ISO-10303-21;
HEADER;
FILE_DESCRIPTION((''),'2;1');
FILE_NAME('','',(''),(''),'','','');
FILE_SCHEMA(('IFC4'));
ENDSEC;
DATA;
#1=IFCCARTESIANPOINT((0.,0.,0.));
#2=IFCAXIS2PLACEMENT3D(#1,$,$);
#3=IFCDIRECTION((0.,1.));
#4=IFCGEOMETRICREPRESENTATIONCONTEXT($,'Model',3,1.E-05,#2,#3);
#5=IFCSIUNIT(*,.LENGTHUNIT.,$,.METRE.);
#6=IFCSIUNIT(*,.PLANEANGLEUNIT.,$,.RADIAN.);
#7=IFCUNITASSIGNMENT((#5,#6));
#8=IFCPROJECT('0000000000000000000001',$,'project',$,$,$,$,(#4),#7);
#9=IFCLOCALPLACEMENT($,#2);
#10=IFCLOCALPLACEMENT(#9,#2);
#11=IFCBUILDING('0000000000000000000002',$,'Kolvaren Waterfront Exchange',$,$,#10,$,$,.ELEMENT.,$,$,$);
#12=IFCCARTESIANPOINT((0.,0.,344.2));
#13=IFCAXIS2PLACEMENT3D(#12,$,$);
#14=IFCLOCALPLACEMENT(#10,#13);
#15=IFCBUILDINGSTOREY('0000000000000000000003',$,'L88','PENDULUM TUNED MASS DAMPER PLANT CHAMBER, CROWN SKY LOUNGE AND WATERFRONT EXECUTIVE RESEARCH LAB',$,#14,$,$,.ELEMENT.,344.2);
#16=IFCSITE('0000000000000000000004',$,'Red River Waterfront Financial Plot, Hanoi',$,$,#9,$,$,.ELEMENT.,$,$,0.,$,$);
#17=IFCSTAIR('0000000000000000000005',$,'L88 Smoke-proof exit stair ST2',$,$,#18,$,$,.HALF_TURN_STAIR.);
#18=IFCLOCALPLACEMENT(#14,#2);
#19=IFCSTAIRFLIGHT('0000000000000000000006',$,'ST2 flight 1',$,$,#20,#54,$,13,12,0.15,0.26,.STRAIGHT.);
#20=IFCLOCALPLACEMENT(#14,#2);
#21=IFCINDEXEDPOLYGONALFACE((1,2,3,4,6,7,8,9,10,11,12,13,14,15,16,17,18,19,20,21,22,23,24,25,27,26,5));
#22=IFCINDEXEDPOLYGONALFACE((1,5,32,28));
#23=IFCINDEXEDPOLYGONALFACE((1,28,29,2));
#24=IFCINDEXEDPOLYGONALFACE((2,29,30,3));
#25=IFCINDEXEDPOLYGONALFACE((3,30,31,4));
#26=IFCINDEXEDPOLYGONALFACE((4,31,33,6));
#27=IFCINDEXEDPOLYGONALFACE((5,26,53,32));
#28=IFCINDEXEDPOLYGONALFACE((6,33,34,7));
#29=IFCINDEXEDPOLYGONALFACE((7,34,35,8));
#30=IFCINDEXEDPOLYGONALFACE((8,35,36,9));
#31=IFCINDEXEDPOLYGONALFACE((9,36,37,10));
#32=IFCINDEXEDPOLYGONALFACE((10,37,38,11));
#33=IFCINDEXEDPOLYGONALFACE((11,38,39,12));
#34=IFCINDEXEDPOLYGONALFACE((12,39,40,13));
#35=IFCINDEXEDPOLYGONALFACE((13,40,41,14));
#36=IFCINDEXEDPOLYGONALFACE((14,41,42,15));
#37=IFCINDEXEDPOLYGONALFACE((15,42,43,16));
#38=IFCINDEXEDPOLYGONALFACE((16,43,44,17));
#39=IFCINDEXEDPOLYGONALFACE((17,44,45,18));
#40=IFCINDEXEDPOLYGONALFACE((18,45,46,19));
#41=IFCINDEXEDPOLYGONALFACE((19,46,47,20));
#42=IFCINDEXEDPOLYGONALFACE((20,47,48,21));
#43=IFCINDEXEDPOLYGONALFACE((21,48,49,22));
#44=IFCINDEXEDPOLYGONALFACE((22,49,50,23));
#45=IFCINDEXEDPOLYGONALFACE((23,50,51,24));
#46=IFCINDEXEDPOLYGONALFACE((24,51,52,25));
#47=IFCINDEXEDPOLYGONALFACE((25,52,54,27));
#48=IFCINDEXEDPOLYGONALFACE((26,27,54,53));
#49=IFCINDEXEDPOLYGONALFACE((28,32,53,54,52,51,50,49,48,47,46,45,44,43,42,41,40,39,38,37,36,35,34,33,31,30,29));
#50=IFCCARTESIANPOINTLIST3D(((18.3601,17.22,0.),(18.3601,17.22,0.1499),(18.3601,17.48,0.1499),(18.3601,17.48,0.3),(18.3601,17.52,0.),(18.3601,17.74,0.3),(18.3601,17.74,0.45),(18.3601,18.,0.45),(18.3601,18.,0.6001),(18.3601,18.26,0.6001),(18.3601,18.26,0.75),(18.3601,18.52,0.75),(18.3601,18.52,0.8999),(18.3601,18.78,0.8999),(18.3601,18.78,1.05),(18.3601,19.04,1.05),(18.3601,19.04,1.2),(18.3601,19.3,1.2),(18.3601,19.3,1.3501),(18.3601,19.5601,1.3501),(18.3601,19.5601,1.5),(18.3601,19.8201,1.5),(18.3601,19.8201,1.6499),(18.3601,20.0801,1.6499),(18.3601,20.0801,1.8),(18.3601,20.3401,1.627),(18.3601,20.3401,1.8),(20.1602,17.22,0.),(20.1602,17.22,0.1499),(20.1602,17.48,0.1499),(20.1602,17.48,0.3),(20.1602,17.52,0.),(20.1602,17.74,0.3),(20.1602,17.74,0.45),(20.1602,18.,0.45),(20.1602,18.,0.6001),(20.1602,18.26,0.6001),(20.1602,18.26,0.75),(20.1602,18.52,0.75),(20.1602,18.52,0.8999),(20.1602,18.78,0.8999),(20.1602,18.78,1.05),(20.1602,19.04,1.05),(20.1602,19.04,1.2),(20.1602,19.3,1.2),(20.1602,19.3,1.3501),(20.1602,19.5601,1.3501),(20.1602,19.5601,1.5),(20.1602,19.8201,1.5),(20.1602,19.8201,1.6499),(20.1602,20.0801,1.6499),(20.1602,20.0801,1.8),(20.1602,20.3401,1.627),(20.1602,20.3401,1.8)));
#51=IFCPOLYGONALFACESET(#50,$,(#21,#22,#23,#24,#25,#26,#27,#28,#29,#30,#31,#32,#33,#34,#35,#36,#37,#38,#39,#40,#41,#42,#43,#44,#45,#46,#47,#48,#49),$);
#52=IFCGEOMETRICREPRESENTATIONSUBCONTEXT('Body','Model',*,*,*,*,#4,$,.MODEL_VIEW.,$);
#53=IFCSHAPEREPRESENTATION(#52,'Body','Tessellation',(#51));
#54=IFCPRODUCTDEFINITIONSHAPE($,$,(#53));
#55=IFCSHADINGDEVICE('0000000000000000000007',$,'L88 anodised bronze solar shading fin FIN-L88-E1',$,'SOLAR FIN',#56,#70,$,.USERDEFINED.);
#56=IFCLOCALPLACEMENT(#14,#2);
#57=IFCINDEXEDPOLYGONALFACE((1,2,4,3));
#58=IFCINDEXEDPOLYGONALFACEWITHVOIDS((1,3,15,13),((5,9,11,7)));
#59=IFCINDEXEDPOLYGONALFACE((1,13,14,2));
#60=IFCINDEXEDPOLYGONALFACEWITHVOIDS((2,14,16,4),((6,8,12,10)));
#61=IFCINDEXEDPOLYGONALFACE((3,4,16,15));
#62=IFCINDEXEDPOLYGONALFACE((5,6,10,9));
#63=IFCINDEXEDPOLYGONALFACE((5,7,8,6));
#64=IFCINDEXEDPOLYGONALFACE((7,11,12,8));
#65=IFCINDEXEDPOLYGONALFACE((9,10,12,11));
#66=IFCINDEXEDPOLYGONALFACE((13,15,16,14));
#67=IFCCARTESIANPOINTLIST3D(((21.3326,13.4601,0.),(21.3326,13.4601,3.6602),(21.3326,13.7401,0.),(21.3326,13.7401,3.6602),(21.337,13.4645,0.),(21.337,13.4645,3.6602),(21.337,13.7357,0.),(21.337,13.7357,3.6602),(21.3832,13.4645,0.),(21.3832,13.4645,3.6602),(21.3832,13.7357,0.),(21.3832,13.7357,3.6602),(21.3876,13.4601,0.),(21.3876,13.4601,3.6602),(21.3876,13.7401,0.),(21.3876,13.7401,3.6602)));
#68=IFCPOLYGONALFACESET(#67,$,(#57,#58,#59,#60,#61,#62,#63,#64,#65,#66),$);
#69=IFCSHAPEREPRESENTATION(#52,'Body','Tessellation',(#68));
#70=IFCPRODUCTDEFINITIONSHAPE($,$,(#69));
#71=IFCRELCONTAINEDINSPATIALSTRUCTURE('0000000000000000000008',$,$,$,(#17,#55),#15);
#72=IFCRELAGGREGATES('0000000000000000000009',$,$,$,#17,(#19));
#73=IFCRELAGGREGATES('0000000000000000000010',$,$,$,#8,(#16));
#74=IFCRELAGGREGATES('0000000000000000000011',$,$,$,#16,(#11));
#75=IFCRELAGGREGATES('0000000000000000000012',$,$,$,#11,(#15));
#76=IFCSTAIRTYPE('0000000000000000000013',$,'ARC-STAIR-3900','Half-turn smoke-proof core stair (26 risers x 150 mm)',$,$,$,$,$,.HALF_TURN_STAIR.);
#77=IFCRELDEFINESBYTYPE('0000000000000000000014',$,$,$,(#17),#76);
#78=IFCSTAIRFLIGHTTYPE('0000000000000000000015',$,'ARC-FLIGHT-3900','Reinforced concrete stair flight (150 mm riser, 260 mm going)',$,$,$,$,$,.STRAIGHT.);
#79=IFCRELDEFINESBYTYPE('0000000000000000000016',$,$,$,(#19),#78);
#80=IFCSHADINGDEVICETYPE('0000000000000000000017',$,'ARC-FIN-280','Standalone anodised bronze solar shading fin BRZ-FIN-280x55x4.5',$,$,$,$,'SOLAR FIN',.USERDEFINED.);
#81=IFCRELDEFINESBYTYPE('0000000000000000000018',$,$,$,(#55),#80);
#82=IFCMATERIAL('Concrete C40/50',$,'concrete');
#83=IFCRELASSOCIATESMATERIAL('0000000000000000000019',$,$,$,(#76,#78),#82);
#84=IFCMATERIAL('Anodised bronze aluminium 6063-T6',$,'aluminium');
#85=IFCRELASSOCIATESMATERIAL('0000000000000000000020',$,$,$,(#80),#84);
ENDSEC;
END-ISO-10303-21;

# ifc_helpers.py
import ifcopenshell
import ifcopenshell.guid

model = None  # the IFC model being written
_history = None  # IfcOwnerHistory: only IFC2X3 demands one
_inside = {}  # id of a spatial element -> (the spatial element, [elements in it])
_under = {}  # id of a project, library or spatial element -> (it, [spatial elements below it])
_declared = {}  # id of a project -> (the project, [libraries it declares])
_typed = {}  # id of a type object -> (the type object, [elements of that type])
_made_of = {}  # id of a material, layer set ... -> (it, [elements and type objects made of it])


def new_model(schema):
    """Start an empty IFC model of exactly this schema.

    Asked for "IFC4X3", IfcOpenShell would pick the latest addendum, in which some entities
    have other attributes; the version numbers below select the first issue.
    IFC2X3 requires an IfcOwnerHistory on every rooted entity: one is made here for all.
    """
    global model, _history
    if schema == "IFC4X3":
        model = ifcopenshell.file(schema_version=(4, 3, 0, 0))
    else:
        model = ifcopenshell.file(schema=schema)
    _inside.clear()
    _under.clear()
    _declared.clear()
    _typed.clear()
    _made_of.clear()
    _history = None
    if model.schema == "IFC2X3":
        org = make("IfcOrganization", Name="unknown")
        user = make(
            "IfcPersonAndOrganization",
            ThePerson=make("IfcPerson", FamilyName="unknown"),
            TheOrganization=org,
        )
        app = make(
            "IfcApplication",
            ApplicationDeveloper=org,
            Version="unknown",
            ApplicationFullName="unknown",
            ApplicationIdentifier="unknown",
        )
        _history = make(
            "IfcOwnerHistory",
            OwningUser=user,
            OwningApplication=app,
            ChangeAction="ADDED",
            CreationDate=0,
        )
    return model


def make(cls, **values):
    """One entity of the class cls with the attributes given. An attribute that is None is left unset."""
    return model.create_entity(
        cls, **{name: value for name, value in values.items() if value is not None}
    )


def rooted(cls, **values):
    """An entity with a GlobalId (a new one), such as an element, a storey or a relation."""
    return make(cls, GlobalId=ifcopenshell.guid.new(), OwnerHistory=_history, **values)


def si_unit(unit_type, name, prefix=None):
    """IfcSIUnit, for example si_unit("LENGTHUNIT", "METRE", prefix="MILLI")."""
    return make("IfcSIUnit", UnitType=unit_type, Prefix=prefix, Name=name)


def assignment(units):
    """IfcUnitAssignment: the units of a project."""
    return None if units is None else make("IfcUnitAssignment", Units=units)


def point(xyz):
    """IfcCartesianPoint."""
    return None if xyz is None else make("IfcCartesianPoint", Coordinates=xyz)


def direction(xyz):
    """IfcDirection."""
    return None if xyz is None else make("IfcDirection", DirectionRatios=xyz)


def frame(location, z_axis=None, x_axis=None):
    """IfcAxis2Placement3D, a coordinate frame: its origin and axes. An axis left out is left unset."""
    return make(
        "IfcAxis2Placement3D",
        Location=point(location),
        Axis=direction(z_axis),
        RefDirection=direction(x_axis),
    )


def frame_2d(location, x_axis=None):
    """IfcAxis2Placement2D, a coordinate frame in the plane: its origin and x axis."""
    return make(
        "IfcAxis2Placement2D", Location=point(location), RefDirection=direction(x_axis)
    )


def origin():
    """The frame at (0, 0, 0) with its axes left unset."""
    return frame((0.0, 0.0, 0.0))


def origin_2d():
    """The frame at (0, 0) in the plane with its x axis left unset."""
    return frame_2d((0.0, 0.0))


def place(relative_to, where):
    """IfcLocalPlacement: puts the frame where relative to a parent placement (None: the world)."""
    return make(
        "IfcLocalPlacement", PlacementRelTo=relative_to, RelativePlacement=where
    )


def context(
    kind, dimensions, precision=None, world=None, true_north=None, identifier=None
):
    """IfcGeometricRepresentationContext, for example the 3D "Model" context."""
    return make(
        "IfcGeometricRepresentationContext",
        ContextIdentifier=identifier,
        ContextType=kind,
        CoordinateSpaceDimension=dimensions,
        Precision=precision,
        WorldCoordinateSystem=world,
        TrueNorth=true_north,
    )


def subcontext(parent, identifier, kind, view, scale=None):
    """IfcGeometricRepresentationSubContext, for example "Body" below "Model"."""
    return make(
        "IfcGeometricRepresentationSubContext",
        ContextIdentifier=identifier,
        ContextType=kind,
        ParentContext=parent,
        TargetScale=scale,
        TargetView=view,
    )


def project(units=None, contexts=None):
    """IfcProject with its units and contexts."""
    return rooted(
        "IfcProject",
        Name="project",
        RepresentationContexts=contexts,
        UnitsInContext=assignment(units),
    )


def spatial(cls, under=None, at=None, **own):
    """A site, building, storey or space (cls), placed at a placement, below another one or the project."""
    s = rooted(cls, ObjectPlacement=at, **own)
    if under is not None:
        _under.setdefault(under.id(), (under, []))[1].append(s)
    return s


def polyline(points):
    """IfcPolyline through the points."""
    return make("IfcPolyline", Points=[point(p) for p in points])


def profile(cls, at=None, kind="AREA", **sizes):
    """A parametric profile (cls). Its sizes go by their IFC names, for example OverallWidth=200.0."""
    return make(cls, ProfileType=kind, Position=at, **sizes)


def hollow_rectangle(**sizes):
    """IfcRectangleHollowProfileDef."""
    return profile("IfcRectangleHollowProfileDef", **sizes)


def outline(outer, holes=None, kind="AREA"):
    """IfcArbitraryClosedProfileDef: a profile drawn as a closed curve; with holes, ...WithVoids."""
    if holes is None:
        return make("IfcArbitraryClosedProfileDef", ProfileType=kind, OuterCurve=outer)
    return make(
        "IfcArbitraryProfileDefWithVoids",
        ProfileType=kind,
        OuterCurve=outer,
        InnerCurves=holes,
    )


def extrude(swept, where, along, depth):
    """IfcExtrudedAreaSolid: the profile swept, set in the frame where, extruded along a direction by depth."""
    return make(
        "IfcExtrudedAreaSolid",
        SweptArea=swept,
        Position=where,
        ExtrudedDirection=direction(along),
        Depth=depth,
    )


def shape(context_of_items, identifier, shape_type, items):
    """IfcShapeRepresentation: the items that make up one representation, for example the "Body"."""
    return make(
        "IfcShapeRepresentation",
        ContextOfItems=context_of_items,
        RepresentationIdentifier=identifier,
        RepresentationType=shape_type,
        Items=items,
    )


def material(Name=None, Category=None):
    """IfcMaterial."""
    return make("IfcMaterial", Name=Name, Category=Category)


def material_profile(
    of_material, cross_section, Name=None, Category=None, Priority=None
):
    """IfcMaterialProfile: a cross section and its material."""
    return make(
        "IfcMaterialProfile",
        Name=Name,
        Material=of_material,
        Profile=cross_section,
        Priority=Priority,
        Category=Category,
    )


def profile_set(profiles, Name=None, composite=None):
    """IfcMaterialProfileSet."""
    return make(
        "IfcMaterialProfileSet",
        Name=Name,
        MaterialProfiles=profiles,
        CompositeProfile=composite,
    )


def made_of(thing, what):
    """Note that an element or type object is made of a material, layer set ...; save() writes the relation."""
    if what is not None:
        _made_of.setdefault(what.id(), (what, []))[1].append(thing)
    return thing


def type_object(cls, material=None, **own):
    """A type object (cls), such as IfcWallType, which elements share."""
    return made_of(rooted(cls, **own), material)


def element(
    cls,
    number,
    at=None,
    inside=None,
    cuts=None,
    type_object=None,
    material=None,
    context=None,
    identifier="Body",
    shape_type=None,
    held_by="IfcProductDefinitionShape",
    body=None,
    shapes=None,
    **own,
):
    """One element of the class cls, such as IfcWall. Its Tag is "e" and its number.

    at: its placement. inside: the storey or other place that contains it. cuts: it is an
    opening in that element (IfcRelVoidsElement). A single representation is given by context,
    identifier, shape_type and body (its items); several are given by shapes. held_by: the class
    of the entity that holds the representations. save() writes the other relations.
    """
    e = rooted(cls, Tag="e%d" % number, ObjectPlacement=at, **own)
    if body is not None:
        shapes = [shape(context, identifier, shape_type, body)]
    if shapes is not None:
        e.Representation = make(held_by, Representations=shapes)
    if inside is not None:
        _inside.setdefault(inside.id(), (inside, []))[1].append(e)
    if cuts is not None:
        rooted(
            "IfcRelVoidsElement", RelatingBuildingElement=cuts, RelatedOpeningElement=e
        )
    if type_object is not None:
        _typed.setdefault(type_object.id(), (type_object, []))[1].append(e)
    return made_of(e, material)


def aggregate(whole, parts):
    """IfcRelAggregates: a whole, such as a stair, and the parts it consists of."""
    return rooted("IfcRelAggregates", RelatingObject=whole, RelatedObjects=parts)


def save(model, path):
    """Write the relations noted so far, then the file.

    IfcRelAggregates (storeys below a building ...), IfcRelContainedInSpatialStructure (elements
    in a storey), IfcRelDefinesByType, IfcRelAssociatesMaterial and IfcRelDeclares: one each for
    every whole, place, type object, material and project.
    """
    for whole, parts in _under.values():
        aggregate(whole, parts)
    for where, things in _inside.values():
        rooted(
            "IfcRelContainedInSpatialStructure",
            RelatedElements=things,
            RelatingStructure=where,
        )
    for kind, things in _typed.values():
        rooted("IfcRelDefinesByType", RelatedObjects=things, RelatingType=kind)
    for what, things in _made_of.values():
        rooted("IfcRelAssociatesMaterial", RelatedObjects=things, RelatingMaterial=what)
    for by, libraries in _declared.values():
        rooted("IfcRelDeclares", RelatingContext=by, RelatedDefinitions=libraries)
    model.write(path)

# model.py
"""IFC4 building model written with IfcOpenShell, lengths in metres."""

from ifc_helpers import new_model, si_unit, direction, frame, origin, origin_2d, place, context, subcontext, project, spatial, polyline, hollow_rectangle, outline, extrude, material, material_profile, profile_set, type_object, element, aggregate, save


model = new_model("IFC4")

# Units and contexts
model_context = context("Model", 3, precision=1e-05, world=origin(), true_north=direction((0.0, 1.0)))
body_context = subcontext(model_context, "Body", "Model", "MODEL_VIEW")
ifc_project = project(units=[si_unit("LENGTHUNIT", "METRE"), si_unit("PLANEANGLEUNIT", "RADIAN")], contexts=[model_context])

# Site, building, storey
site_placement = place(None, origin())
site = spatial("IfcSite", under=ifc_project, at=site_placement, Name="Red River Waterfront Financial Plot, Hanoi", CompositionType="ELEMENT", RefElevation=0.0)
building_placement = place(site_placement, origin())
building = spatial("IfcBuilding", under=site, at=building_placement, Name="Kolvaren Waterfront Exchange", CompositionType="ELEMENT")
storey_placement = place(building_placement, frame((0.0, 0.0, 344.2)))
storey = spatial("IfcBuildingStorey", under=building, at=storey_placement, Name="L88", Description="PENDULUM TUNED MASS DAMPER PLANT CHAMBER, CROWN SKY LOUNGE AND WATERFRONT EXECUTIVE RESEARCH LAB", CompositionType="ELEMENT", Elevation=344.2)

# Shared definitions
ifc_material_1 = material(Name="Anodised bronze aluminium 6063-T6", Category="aluminium")

# Shared definitions
ifc_material_2 = material(Name="Concrete C40/50", Category="concrete")

# Stair, stair flight
stair_type = type_object("IfcStairType", Name="ARC-STAIR-3900", Description="Half-turn smoke-proof core stair (26 risers x 150 mm)", PredefinedType="HALF_TURN_STAIR", material=ifc_material_2)
stair_placement = place(storey_placement, origin())
stair = element("IfcStair", 1, at=stair_placement, inside=storey, type_object=stair_type, Name="L88 Smoke-proof exit stair ST2", PredefinedType="HALF_TURN_STAIR")
stair_flight_type = type_object("IfcStairFlightType", Name="ARC-FLIGHT-3900", Description="Reinforced concrete stair flight (150 mm riser, 260 mm going)", PredefinedType="STRAIGHT", material=ifc_material_2)
stair_flight_placement = place(storey_placement, frame((19.26, 17.22, 0.0), z_axis=(0.0, 0.0, 1.0), x_axis=(0.0, 1.0, 0.0)))
stair_flight = element("IfcStairFlight", 2, at=stair_flight_placement, type_object=stair_flight_type, Name="ST2 flight 1", NumberOfRisers=13, NumberOfTreads=12, PredefinedType="STRAIGHT", RiserHeight=0.15, TreadLength=0.26, context=body_context, shape_type="SweptSolid", body=[
    extrude(outline(polyline([(0.0, 0.0), (0.0, 0.1499), (0.26, 0.1499), (0.26, 0.3), (0.52, 0.3), (0.52, 0.45), (0.78, 0.45), (0.78, 0.6001), (1.04, 0.6001), (1.04, 0.75), (1.3, 0.75), (1.3, 0.8999), (1.5601, 0.8999), (1.5601, 1.05), (1.8201, 1.05), (1.8201, 1.2), (2.0801, 1.2), (2.0801, 1.3501), (2.3401, 1.3501), (2.3401, 1.5), (2.6001, 1.5), (2.6001, 1.6499), (2.8601, 1.6499), (2.8601, 1.8), (3.1201, 1.8), (3.1201, 1.95), (3.1201, 1.627), (0.3, 0.0), (0.0, 0.0)])), frame((0.0, 0.8999, 0.0), z_axis=(0.0, -1.0, 0.0), x_axis=(1.0, 0.0, 0.0)), (0.0, 0.0, 1.0), 1.8),
])
aggregate(stair, [stair_flight])

# Shading device
ifc_material_profile_1 = material_profile(ifc_material_1, hollow_rectangle(XDim=0.0549, YDim=0.28, WallThickness=0.0044, at=origin_2d()), Name="BRZ-FIN-280x55x4.5")
ifc_profile_set_1 = profile_set([ifc_material_profile_1], Name="Anodised bronze aluminium 6063-T6")
shading_device_type = type_object("IfcShadingDeviceType", Name="ARC-FIN-280", Description="Standalone anodised bronze solar shading fin BRZ-FIN-280x55x4.5", ElementType="SOLAR FIN", PredefinedType="USERDEFINED", material=ifc_profile_set_1)
shading_device_placement = place(storey_placement, frame((21.3601, 13.6001, 0.0), z_axis=(0.0, 0.0, 1.0), x_axis=(1.0, 0.0, 0.0)))
element("IfcShadingDevice", 3, at=shading_device_placement, inside=storey, type_object=shading_device_type, Name="L88 anodised bronze solar shading fin FIN-L88-E1", ObjectType="SOLAR FIN", PredefinedType="USERDEFINED", context=body_context, shape_type="SweptSolid", body=[
    extrude(hollow_rectangle(XDim=0.0549, YDim=0.28, WallThickness=0.0044, at=origin_2d()), origin(), (0.0, 0.0, 1.0), 3.6602),
])

save(model, "model.ifc")
